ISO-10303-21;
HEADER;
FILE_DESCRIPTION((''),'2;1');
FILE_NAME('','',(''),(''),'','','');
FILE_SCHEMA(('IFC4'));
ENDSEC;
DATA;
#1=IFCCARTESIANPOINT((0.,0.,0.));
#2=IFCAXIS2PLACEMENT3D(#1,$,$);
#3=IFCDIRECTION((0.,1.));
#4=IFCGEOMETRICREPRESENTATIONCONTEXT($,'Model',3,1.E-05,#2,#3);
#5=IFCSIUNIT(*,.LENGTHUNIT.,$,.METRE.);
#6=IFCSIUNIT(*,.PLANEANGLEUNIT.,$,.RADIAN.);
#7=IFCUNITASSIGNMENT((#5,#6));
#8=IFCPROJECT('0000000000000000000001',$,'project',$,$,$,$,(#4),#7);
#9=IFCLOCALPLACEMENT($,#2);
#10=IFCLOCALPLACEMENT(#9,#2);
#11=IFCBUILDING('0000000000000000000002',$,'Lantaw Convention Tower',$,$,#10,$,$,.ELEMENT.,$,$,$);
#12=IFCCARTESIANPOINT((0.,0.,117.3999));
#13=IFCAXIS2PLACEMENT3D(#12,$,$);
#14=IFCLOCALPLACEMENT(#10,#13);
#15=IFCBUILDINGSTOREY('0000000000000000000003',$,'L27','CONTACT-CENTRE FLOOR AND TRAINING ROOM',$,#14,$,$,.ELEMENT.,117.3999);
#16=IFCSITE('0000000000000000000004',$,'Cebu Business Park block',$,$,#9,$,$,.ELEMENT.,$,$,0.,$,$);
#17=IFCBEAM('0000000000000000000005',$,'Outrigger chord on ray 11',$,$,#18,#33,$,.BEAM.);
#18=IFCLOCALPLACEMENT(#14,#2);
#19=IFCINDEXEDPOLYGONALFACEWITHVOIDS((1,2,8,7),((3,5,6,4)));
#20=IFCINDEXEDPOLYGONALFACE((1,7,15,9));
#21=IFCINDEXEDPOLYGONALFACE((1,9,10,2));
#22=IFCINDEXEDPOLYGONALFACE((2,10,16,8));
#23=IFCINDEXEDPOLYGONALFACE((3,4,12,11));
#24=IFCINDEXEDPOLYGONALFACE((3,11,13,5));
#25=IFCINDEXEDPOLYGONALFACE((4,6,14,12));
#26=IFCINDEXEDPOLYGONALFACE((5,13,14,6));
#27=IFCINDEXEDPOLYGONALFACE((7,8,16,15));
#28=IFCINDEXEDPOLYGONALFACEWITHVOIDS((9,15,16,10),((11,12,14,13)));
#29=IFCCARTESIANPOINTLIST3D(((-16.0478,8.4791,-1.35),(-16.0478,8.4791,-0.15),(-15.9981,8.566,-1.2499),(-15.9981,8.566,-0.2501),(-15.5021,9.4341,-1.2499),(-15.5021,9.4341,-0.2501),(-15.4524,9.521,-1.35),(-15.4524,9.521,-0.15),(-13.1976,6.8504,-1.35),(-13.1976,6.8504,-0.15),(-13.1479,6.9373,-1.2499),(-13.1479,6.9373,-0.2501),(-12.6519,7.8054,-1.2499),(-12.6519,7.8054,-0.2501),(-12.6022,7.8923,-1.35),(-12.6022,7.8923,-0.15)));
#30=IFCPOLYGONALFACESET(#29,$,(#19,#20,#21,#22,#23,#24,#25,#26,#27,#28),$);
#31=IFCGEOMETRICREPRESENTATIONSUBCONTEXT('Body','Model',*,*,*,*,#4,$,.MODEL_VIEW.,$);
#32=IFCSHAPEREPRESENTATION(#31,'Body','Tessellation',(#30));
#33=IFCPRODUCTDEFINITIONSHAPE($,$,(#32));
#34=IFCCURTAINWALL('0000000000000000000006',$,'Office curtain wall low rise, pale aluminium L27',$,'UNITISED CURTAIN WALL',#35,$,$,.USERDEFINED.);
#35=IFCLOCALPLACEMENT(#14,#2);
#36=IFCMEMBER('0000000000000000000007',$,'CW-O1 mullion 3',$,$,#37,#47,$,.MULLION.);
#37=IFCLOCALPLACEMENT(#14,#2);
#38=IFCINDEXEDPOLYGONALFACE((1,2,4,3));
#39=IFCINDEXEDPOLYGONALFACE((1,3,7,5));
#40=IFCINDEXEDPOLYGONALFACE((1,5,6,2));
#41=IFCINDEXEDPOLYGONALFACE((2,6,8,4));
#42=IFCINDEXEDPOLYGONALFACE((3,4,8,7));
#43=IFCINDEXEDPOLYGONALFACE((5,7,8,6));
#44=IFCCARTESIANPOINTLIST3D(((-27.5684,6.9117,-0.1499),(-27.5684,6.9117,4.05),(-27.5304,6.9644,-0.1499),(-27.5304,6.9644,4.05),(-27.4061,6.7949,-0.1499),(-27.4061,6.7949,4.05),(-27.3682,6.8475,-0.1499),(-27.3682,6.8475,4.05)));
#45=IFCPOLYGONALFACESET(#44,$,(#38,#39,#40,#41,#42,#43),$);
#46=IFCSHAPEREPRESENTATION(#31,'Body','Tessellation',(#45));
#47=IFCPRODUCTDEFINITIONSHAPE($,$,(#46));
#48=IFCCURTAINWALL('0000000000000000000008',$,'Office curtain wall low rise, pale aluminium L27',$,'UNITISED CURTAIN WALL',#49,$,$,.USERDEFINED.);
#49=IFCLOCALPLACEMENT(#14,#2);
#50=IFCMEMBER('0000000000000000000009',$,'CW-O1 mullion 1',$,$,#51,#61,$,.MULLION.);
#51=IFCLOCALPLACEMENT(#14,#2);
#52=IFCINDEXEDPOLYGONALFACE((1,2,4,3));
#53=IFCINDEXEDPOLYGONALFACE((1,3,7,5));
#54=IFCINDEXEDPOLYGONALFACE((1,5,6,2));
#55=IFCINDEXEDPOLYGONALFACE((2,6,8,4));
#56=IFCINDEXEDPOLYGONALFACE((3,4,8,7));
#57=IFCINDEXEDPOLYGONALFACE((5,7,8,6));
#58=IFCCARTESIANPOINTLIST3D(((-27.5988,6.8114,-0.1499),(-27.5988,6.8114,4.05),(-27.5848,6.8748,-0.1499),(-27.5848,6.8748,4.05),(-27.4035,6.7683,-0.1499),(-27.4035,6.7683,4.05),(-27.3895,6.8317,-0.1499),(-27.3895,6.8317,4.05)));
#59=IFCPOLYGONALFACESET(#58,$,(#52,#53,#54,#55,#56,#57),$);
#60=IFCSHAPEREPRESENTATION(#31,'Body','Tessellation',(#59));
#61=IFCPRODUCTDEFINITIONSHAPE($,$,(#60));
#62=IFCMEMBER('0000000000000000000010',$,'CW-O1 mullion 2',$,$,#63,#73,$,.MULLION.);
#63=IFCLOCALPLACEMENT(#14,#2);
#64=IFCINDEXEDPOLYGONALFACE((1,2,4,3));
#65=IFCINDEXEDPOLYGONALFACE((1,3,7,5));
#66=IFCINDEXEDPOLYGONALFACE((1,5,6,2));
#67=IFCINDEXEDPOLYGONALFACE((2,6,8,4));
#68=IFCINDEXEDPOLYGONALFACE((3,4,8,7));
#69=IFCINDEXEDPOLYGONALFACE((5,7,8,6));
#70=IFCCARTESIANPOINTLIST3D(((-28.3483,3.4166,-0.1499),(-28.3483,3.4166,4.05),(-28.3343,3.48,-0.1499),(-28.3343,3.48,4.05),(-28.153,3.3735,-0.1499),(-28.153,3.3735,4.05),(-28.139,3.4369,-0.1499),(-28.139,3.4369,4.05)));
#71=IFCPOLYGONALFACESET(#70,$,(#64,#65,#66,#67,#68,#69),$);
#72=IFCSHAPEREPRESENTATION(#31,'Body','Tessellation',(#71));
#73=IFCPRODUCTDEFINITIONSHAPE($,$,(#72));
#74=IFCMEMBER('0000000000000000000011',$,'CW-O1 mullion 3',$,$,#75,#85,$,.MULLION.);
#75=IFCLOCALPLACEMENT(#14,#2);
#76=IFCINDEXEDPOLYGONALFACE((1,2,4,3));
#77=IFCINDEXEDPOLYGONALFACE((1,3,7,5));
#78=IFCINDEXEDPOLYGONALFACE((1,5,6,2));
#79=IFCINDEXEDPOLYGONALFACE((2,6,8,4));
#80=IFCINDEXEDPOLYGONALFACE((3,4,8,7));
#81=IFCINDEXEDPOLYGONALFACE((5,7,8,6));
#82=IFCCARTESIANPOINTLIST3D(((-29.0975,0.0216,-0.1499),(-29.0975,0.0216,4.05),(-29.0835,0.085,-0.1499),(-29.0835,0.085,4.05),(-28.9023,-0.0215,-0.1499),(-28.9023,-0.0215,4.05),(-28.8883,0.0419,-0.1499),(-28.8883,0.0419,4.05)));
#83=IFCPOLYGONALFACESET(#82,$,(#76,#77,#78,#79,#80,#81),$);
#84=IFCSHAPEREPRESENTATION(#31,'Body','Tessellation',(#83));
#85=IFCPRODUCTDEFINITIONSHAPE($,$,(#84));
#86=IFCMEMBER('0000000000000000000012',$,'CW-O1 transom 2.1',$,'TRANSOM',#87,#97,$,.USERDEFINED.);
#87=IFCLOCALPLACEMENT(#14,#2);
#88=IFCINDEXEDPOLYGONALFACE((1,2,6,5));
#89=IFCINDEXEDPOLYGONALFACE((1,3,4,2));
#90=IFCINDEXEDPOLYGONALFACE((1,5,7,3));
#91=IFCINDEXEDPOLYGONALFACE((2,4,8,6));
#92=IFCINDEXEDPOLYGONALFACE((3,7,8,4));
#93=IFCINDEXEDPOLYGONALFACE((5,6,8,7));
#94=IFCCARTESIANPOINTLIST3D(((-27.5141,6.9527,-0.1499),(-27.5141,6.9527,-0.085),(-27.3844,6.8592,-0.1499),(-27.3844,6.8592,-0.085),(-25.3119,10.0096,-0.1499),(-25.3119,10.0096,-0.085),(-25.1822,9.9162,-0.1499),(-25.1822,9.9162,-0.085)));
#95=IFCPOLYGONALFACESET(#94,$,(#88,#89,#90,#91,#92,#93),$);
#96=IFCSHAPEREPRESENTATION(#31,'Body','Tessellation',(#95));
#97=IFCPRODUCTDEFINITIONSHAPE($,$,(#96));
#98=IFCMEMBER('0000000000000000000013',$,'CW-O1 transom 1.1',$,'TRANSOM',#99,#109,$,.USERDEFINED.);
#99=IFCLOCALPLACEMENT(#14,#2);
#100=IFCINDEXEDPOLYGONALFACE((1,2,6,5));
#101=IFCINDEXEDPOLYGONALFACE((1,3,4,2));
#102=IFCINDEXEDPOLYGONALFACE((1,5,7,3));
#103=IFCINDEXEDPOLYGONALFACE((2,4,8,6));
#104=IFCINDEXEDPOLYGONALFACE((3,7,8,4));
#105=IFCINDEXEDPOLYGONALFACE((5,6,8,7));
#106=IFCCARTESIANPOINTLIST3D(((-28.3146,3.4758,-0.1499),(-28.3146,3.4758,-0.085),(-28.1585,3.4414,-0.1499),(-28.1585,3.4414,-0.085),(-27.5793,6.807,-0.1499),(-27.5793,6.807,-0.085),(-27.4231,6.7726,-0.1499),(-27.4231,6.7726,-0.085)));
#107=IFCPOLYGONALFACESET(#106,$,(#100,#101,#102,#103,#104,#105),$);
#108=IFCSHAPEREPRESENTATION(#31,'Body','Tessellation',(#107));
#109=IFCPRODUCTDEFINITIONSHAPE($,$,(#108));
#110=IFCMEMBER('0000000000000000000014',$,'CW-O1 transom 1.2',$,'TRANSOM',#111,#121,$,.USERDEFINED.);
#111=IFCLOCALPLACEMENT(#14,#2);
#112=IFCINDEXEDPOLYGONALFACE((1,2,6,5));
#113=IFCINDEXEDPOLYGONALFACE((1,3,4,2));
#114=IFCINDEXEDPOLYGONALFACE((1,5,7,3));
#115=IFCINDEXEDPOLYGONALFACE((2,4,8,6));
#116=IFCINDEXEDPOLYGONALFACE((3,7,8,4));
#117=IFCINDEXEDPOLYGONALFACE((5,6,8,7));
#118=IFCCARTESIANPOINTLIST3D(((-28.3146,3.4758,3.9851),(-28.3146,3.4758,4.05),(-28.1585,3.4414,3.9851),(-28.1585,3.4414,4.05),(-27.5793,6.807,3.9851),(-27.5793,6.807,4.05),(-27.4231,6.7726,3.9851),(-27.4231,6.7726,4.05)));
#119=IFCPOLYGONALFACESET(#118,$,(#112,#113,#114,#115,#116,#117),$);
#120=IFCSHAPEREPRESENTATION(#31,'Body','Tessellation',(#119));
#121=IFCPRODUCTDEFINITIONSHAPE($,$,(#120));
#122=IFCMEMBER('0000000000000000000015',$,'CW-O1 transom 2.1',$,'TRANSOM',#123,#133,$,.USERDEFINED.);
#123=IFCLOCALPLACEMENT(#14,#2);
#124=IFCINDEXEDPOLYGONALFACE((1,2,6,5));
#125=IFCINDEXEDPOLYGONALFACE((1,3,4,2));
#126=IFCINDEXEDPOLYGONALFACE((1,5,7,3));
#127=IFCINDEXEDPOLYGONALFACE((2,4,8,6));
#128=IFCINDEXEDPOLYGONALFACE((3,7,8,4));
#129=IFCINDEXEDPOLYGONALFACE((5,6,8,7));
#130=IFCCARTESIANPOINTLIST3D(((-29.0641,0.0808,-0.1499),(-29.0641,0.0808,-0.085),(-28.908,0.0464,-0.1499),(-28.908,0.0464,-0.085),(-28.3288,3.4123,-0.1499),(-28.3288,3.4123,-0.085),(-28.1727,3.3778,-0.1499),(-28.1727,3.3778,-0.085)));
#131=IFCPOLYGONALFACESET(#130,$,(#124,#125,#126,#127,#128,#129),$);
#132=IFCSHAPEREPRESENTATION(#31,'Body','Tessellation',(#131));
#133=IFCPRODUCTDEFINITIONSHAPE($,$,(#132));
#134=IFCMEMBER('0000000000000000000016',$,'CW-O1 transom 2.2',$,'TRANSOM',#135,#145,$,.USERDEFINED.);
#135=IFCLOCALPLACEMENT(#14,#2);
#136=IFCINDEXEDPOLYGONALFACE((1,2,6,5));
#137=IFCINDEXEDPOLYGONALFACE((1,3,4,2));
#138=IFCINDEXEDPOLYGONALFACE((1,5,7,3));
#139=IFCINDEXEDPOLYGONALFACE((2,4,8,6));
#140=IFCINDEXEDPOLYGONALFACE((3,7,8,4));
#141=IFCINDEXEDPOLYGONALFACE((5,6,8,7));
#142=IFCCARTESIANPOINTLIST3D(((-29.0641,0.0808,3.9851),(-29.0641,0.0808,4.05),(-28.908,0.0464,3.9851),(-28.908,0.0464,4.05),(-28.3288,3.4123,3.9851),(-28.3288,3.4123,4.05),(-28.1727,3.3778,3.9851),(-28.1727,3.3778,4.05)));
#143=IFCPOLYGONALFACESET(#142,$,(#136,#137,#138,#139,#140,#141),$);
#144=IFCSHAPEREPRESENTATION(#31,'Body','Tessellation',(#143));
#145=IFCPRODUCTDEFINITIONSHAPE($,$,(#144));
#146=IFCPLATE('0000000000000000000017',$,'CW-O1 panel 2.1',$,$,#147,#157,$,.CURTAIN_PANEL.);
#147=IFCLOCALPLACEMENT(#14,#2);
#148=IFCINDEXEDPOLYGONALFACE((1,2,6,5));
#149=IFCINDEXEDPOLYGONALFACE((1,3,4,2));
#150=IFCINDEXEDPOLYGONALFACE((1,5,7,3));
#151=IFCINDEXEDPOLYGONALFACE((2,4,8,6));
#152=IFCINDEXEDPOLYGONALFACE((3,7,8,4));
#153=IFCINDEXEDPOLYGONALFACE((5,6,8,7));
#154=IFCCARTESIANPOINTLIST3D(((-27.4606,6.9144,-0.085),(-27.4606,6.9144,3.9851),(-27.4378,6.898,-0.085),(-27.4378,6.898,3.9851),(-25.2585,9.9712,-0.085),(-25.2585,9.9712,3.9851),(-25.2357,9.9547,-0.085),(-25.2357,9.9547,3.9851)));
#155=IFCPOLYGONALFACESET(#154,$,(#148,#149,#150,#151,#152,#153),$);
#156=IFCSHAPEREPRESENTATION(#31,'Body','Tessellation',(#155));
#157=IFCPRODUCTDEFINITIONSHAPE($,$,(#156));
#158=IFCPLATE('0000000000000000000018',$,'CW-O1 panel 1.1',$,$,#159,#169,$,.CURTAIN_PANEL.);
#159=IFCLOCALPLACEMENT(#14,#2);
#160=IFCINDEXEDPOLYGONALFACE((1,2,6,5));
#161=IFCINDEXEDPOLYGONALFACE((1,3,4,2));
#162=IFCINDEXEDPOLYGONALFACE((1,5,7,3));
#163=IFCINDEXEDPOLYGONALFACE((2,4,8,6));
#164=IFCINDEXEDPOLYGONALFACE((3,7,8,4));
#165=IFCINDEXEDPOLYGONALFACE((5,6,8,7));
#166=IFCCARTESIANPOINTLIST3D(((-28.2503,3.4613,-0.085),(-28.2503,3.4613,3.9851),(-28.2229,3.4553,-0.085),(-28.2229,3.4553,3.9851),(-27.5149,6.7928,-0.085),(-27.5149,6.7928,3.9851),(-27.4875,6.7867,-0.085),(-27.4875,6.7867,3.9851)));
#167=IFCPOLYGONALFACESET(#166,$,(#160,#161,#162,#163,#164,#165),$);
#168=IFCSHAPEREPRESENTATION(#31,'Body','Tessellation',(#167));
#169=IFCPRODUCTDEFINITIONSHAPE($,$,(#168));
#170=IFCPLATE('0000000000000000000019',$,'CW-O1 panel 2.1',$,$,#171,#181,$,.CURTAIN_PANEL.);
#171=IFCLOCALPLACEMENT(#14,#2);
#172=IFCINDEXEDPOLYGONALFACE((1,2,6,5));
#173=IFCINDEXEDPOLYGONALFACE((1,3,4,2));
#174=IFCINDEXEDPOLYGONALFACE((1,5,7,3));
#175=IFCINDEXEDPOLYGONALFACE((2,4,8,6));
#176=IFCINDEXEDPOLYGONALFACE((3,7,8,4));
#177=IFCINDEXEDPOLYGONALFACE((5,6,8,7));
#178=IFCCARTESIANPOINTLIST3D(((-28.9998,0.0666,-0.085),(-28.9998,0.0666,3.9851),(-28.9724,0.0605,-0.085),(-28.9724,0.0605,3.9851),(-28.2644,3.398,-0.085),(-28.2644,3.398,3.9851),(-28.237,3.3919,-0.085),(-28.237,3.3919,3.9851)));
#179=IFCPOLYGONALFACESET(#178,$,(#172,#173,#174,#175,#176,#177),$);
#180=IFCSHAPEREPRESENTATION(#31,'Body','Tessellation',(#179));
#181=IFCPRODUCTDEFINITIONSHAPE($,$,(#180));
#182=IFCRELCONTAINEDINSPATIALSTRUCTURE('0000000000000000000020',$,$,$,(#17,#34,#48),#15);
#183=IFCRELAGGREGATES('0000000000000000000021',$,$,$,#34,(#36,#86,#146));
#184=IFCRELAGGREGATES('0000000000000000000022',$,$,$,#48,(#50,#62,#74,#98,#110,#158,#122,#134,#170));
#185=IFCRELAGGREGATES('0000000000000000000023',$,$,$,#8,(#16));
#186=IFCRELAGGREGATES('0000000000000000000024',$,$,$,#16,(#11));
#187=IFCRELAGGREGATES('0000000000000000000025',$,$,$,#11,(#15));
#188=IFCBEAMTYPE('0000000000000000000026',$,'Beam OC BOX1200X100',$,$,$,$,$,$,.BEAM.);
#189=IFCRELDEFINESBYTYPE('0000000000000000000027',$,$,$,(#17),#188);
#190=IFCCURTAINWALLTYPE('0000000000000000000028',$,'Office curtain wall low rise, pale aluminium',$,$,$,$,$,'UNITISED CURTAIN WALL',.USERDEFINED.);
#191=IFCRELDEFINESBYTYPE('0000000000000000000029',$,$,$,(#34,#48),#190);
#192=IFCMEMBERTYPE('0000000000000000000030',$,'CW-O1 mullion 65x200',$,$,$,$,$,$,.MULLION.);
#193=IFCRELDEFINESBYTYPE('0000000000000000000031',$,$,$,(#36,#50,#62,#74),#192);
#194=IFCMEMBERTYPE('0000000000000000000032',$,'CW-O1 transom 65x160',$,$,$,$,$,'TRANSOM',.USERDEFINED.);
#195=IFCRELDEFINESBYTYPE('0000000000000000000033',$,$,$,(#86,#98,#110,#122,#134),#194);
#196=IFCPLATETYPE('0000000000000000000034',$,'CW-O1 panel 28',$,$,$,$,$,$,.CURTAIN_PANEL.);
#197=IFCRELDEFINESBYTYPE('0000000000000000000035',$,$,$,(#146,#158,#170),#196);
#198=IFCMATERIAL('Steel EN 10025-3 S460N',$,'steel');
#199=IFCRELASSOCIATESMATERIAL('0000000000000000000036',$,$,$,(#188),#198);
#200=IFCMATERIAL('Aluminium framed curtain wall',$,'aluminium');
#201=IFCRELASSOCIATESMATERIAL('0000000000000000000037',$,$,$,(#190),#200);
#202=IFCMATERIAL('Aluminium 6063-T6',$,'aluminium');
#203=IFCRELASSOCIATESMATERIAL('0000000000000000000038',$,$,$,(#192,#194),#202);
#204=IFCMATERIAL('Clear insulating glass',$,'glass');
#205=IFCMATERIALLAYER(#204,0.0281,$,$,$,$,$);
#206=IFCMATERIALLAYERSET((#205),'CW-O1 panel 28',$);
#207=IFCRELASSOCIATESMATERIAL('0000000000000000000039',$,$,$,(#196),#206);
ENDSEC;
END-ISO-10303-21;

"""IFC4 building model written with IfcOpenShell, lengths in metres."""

from ifc_helpers import new_model, si_unit, direction, frame, origin, origin_2d, place, context, subcontext, project, spatial, rectangle, hollow_rectangle, extrude, material, layer, layer_set, material_profile, profile_set, type_object, element, aggregate, save


model = new_model("IFC4")

# Units and contexts
model_context = context("Model", 3, precision=1e-05, world=origin(), true_north=direction((0.0, 1.0)))
body_context = subcontext(model_context, "Body", "Model", "MODEL_VIEW")
ifc_project = project(units=[si_unit("LENGTHUNIT", "METRE"), si_unit("PLANEANGLEUNIT", "RADIAN")], contexts=[model_context])

# Site, building, storey
site_placement = place(None, origin())
site = spatial("IfcSite", under=ifc_project, at=site_placement, Name="Cebu Business Park block", CompositionType="ELEMENT", RefElevation=0.0)
building_placement = place(site_placement, origin())
building = spatial("IfcBuilding", under=site, at=building_placement, Name="Lantaw Convention Tower", CompositionType="ELEMENT")
storey_placement = place(building_placement, frame((0.0, 0.0, 117.3999)))
storey = spatial("IfcBuildingStorey", under=building, at=storey_placement, Name="L27", Description="CONTACT-CENTRE FLOOR AND TRAINING ROOM", CompositionType="ELEMENT", Elevation=117.3999)

# Shared definitions
ifc_material_1 = material(Name="Steel EN 10025-3 S460N", Category="steel")

# Beam
ifc_material_profile_1 = material_profile(ifc_material_1, hollow_rectangle(XDim=1.2, YDim=1.2, WallThickness=0.1001, at=origin_2d()), Name="BOX1200X100")
ifc_profile_set_1 = profile_set([ifc_material_profile_1], Name="Steel EN 10025-3 S460N")
beam_type_1 = type_object("IfcBeamType", Name="Beam OC BOX1200X100", PredefinedType="BEAM", material=ifc_profile_set_1)
beam_1_placement = place(storey_placement, frame((-12.8999, 7.3713, -0.75), z_axis=(-0.868239, 0.496147, 0.0), x_axis=(-0.496147, -0.868239, 0.0)))
element("IfcBeam", 1, at=beam_1_placement, inside=storey, type_object=beam_type_1, Name="Outrigger chord on ray 11", PredefinedType="BEAM", context=body_context, shape_type="SweptSolid", body=[
    extrude(hollow_rectangle(XDim=1.2, YDim=1.2, WallThickness=0.1001, at=origin_2d()), origin(), (0.0, 0.0, 1.0), 3.2827),
])

# Curtain wall, member
ifc_material_2 = material(Name="Aluminium framed curtain wall", Category="aluminium")
curtain_wall_type = type_object("IfcCurtainWallType", Name="Office curtain wall low rise, pale aluminium", ElementType="UNITISED CURTAIN WALL", PredefinedType="USERDEFINED", material=ifc_material_2)
curtain_wall_1_placement = place(storey_placement, origin())
curtain_wall_1 = element("IfcCurtainWall", 2, at=curtain_wall_1_placement, inside=storey, type_object=curtain_wall_type, Name="Office curtain wall low rise, pale aluminium L27", ObjectType="UNITISED CURTAIN WALL", PredefinedType="USERDEFINED")
ifc_material_3 = material(Name="Aluminium 6063-T6", Category="aluminium")
ifc_material_profile_2 = material_profile(ifc_material_3, rectangle(XDim=0.2, YDim=0.0649, at=origin_2d()), Name="CW-O1 mullion 65x200")
ifc_profile_set_2 = profile_set([ifc_material_profile_2], Name="Aluminium 6063-T6")
member_type_1 = type_object("IfcMemberType", Name="CW-O1 mullion 65x200", PredefinedType="MULLION", material=ifc_profile_set_2)
member_1_placement = place(storey_placement, frame((-27.4683, 6.8796, -0.1499), z_axis=(0.0, 0.0, 1.0), x_axis=(0.811385, -0.584513, 0.0)))
member_1 = element("IfcMember", 3, at=member_1_placement, type_object=member_type_1, Name="CW-O1 mullion 3", PredefinedType="MULLION", context=body_context, shape_type="SweptSolid", body=[
    extrude(rectangle(XDim=0.2, YDim=0.0649, at=origin_2d()), origin(), (0.0, 0.0, 1.0), 4.2),
])

# Curtain wall, members
curtain_wall_2_placement = place(storey_placement, origin())
curtain_wall_2 = element("IfcCurtainWall", 4, at=curtain_wall_2_placement, inside=storey, type_object=curtain_wall_type, Name="Office curtain wall low rise, pale aluminium L27", ObjectType="UNITISED CURTAIN WALL", PredefinedType="USERDEFINED")
member_2_placement = place(storey_placement, frame((-27.4941, 6.8215, -0.1499), z_axis=(0.0, 0.0, 1.0), x_axis=(0.976494, -0.215546, 0.0)))
member_2 = element("IfcMember", 5, at=member_2_placement, type_object=member_type_1, Name="CW-O1 mullion 1", PredefinedType="MULLION", context=body_context, shape_type="SweptSolid", body=[
    extrude(rectangle(XDim=0.2, YDim=0.0649, at=origin_2d()), origin(), (0.0, 0.0, 1.0), 4.2),
])
member_3_placement = place(storey_placement, frame((-28.2437, 3.4268, -0.1499), z_axis=(0.0, 0.0, 1.0), x_axis=(0.976494, -0.215546, 0.0)))
member_3 = element("IfcMember", 6, at=member_3_placement, type_object=member_type_1, Name="CW-O1 mullion 2", PredefinedType="MULLION", context=body_context, shape_type="SweptSolid", body=[
    extrude(rectangle(XDim=0.2, YDim=0.0649, at=origin_2d()), origin(), (0.0, 0.0, 1.0), 4.2),
])
member_4_placement = place(storey_placement, frame((-28.9929, 0.0317, -0.1499), z_axis=(0.0, 0.0, 1.0), x_axis=(0.976494, -0.215546, 0.0)))
member_4 = element("IfcMember", 7, at=member_4_placement, type_object=member_type_1, Name="CW-O1 mullion 3", PredefinedType="MULLION", context=body_context, shape_type="SweptSolid", body=[
    extrude(rectangle(XDim=0.2, YDim=0.0649, at=origin_2d()), origin(), (0.0, 0.0, 1.0), 4.2),
])

# Members
ifc_material_profile_3 = material_profile(ifc_material_3, rectangle(XDim=0.1599, YDim=0.0649, at=origin_2d()), Name="CW-O1 transom 65x160")
ifc_profile_set_3 = profile_set([ifc_material_profile_3], Name="Aluminium 6063-T6")
member_type_2 = type_object("IfcMemberType", Name="CW-O1 transom 65x160", ElementType="TRANSOM", PredefinedType="USERDEFINED", material=ifc_profile_set_3)
member_5_placement = place(storey_placement, frame((-25.2471, 9.9629, -0.1174), z_axis=(-0.584513, -0.811384, 0.0), x_axis=(0.811384, -0.584513, 0.0)))
member_5 = element("IfcMember", 8, at=member_5_placement, type_object=member_type_2, Name="CW-O1 transom 2.1", ObjectType="TRANSOM", PredefinedType="USERDEFINED", context=body_context, shape_type="SweptSolid", body=[
    extrude(rectangle(XDim=0.1599, YDim=0.0649, at=origin_2d()), origin(), (0.0, 0.0, 1.0), 3.7676),
])
member_6_placement = place(storey_placement, frame((-27.5012, 6.7898, -0.1174), z_axis=(-0.215551, -0.976493, 0.0), x_axis=(0.976493, -0.215551, 0.0)))
member_6 = element("IfcMember", 9, at=member_6_placement, type_object=member_type_2, Name="CW-O1 transom 1.1", ObjectType="TRANSOM", PredefinedType="USERDEFINED", context=body_context, shape_type="SweptSolid", body=[
    extrude(rectangle(XDim=0.1599, YDim=0.0649, at=origin_2d()), origin(), (0.0, 0.0, 1.0), 3.4114),
])
member_7_placement = place(storey_placement, frame((-27.5012, 6.7898, 4.0176), z_axis=(-0.215551, -0.976493, 0.0), x_axis=(0.976493, -0.215551, 0.0)))
member_7 = element("IfcMember", 10, at=member_7_placement, type_object=member_type_2, Name="CW-O1 transom 1.2", ObjectType="TRANSOM", PredefinedType="USERDEFINED", context=body_context, shape_type="SweptSolid", body=[
    extrude(rectangle(XDim=0.1599, YDim=0.0649, at=origin_2d()), origin(), (0.0, 0.0, 1.0), 3.4114),
])
member_8_placement = place(storey_placement, frame((-28.2507, 3.395, -0.1174), z_axis=(-0.215536, -0.976496, 0.0), x_axis=(0.976496, -0.215536, 0.0)))
member_8 = element("IfcMember", 11, at=member_8_placement, type_object=member_type_2, Name="CW-O1 transom 2.1", ObjectType="TRANSOM", PredefinedType="USERDEFINED", context=body_context, shape_type="SweptSolid", body=[
    extrude(rectangle(XDim=0.1599, YDim=0.0649, at=origin_2d()), origin(), (0.0, 0.0, 1.0), 3.4116),
])
member_9_placement = place(storey_placement, frame((-28.2507, 3.395, 4.0176), z_axis=(-0.215536, -0.976496, 0.0), x_axis=(0.976496, -0.215536, 0.0)))
member_9 = element("IfcMember", 12, at=member_9_placement, type_object=member_type_2, Name="CW-O1 transom 2.2", ObjectType="TRANSOM", PredefinedType="USERDEFINED", context=body_context, shape_type="SweptSolid", body=[
    extrude(rectangle(XDim=0.1599, YDim=0.0649, at=origin_2d()), origin(), (0.0, 0.0, 1.0), 3.4116),
])

# Plates
ifc_material_4 = material(Name="Clear insulating glass", Category="glass")
ifc_layer_1 = layer(ifc_material_4, 0.0281)
ifc_layer_set_1 = layer_set([ifc_layer_1], Name="CW-O1 panel 28")
plate_type_1 = type_object("IfcPlateType", Name="CW-O1 panel 28", PredefinedType="CURTAIN_PANEL", material=ifc_layer_set_1)
plate_1_placement = place(storey_placement, frame((-26.3481, 8.4346, -0.085), z_axis=(0.0, 0.0, 1.0), x_axis=(-0.584513, -0.811385, 0.0)))
plate_1 = element("IfcPlate", 13, at=plate_1_placement, type_object=plate_type_1, Name="CW-O1 panel 2.1", PredefinedType="CURTAIN_PANEL", context=body_context, shape_type="SweptSolid", body=[
    extrude(rectangle(XDim=3.7673, YDim=0.0281, at=origin_2d()), origin(), (0.0, 0.0, 1.0), 4.0701),
])
aggregate(curtain_wall_1, [member_1, member_5, plate_1])
plate_2_placement = place(storey_placement, frame((-27.8689, 5.124, -0.085), z_axis=(0.0, 0.0, 1.0), x_axis=(-0.215546, -0.976494, 0.0)))
plate_2 = element("IfcPlate", 14, at=plate_2_placement, type_object=plate_type_1, Name="CW-O1 panel 1.1", PredefinedType="CURTAIN_PANEL", context=body_context, shape_type="SweptSolid", body=[
    extrude(rectangle(XDim=3.4116, YDim=0.0281, at=origin_2d()), origin(), (0.0, 0.0, 1.0), 4.0701),
])
plate_3_placement = place(storey_placement, frame((-28.6184, 1.7292, -0.085), z_axis=(0.0, 0.0, 1.0), x_axis=(-0.215546, -0.976494, 0.0)))
plate_3 = element("IfcPlate", 15, at=plate_3_placement, type_object=plate_type_1, Name="CW-O1 panel 2.1", PredefinedType="CURTAIN_PANEL", context=body_context, shape_type="SweptSolid", body=[
    extrude(rectangle(XDim=3.4116, YDim=0.0281, at=origin_2d()), origin(), (0.0, 0.0, 1.0), 4.0701),
])
aggregate(curtain_wall_2, [member_2, member_3, member_4, member_6, member_7, plate_2, member_8, member_9, plate_3])

save(model, "model.ifc")
